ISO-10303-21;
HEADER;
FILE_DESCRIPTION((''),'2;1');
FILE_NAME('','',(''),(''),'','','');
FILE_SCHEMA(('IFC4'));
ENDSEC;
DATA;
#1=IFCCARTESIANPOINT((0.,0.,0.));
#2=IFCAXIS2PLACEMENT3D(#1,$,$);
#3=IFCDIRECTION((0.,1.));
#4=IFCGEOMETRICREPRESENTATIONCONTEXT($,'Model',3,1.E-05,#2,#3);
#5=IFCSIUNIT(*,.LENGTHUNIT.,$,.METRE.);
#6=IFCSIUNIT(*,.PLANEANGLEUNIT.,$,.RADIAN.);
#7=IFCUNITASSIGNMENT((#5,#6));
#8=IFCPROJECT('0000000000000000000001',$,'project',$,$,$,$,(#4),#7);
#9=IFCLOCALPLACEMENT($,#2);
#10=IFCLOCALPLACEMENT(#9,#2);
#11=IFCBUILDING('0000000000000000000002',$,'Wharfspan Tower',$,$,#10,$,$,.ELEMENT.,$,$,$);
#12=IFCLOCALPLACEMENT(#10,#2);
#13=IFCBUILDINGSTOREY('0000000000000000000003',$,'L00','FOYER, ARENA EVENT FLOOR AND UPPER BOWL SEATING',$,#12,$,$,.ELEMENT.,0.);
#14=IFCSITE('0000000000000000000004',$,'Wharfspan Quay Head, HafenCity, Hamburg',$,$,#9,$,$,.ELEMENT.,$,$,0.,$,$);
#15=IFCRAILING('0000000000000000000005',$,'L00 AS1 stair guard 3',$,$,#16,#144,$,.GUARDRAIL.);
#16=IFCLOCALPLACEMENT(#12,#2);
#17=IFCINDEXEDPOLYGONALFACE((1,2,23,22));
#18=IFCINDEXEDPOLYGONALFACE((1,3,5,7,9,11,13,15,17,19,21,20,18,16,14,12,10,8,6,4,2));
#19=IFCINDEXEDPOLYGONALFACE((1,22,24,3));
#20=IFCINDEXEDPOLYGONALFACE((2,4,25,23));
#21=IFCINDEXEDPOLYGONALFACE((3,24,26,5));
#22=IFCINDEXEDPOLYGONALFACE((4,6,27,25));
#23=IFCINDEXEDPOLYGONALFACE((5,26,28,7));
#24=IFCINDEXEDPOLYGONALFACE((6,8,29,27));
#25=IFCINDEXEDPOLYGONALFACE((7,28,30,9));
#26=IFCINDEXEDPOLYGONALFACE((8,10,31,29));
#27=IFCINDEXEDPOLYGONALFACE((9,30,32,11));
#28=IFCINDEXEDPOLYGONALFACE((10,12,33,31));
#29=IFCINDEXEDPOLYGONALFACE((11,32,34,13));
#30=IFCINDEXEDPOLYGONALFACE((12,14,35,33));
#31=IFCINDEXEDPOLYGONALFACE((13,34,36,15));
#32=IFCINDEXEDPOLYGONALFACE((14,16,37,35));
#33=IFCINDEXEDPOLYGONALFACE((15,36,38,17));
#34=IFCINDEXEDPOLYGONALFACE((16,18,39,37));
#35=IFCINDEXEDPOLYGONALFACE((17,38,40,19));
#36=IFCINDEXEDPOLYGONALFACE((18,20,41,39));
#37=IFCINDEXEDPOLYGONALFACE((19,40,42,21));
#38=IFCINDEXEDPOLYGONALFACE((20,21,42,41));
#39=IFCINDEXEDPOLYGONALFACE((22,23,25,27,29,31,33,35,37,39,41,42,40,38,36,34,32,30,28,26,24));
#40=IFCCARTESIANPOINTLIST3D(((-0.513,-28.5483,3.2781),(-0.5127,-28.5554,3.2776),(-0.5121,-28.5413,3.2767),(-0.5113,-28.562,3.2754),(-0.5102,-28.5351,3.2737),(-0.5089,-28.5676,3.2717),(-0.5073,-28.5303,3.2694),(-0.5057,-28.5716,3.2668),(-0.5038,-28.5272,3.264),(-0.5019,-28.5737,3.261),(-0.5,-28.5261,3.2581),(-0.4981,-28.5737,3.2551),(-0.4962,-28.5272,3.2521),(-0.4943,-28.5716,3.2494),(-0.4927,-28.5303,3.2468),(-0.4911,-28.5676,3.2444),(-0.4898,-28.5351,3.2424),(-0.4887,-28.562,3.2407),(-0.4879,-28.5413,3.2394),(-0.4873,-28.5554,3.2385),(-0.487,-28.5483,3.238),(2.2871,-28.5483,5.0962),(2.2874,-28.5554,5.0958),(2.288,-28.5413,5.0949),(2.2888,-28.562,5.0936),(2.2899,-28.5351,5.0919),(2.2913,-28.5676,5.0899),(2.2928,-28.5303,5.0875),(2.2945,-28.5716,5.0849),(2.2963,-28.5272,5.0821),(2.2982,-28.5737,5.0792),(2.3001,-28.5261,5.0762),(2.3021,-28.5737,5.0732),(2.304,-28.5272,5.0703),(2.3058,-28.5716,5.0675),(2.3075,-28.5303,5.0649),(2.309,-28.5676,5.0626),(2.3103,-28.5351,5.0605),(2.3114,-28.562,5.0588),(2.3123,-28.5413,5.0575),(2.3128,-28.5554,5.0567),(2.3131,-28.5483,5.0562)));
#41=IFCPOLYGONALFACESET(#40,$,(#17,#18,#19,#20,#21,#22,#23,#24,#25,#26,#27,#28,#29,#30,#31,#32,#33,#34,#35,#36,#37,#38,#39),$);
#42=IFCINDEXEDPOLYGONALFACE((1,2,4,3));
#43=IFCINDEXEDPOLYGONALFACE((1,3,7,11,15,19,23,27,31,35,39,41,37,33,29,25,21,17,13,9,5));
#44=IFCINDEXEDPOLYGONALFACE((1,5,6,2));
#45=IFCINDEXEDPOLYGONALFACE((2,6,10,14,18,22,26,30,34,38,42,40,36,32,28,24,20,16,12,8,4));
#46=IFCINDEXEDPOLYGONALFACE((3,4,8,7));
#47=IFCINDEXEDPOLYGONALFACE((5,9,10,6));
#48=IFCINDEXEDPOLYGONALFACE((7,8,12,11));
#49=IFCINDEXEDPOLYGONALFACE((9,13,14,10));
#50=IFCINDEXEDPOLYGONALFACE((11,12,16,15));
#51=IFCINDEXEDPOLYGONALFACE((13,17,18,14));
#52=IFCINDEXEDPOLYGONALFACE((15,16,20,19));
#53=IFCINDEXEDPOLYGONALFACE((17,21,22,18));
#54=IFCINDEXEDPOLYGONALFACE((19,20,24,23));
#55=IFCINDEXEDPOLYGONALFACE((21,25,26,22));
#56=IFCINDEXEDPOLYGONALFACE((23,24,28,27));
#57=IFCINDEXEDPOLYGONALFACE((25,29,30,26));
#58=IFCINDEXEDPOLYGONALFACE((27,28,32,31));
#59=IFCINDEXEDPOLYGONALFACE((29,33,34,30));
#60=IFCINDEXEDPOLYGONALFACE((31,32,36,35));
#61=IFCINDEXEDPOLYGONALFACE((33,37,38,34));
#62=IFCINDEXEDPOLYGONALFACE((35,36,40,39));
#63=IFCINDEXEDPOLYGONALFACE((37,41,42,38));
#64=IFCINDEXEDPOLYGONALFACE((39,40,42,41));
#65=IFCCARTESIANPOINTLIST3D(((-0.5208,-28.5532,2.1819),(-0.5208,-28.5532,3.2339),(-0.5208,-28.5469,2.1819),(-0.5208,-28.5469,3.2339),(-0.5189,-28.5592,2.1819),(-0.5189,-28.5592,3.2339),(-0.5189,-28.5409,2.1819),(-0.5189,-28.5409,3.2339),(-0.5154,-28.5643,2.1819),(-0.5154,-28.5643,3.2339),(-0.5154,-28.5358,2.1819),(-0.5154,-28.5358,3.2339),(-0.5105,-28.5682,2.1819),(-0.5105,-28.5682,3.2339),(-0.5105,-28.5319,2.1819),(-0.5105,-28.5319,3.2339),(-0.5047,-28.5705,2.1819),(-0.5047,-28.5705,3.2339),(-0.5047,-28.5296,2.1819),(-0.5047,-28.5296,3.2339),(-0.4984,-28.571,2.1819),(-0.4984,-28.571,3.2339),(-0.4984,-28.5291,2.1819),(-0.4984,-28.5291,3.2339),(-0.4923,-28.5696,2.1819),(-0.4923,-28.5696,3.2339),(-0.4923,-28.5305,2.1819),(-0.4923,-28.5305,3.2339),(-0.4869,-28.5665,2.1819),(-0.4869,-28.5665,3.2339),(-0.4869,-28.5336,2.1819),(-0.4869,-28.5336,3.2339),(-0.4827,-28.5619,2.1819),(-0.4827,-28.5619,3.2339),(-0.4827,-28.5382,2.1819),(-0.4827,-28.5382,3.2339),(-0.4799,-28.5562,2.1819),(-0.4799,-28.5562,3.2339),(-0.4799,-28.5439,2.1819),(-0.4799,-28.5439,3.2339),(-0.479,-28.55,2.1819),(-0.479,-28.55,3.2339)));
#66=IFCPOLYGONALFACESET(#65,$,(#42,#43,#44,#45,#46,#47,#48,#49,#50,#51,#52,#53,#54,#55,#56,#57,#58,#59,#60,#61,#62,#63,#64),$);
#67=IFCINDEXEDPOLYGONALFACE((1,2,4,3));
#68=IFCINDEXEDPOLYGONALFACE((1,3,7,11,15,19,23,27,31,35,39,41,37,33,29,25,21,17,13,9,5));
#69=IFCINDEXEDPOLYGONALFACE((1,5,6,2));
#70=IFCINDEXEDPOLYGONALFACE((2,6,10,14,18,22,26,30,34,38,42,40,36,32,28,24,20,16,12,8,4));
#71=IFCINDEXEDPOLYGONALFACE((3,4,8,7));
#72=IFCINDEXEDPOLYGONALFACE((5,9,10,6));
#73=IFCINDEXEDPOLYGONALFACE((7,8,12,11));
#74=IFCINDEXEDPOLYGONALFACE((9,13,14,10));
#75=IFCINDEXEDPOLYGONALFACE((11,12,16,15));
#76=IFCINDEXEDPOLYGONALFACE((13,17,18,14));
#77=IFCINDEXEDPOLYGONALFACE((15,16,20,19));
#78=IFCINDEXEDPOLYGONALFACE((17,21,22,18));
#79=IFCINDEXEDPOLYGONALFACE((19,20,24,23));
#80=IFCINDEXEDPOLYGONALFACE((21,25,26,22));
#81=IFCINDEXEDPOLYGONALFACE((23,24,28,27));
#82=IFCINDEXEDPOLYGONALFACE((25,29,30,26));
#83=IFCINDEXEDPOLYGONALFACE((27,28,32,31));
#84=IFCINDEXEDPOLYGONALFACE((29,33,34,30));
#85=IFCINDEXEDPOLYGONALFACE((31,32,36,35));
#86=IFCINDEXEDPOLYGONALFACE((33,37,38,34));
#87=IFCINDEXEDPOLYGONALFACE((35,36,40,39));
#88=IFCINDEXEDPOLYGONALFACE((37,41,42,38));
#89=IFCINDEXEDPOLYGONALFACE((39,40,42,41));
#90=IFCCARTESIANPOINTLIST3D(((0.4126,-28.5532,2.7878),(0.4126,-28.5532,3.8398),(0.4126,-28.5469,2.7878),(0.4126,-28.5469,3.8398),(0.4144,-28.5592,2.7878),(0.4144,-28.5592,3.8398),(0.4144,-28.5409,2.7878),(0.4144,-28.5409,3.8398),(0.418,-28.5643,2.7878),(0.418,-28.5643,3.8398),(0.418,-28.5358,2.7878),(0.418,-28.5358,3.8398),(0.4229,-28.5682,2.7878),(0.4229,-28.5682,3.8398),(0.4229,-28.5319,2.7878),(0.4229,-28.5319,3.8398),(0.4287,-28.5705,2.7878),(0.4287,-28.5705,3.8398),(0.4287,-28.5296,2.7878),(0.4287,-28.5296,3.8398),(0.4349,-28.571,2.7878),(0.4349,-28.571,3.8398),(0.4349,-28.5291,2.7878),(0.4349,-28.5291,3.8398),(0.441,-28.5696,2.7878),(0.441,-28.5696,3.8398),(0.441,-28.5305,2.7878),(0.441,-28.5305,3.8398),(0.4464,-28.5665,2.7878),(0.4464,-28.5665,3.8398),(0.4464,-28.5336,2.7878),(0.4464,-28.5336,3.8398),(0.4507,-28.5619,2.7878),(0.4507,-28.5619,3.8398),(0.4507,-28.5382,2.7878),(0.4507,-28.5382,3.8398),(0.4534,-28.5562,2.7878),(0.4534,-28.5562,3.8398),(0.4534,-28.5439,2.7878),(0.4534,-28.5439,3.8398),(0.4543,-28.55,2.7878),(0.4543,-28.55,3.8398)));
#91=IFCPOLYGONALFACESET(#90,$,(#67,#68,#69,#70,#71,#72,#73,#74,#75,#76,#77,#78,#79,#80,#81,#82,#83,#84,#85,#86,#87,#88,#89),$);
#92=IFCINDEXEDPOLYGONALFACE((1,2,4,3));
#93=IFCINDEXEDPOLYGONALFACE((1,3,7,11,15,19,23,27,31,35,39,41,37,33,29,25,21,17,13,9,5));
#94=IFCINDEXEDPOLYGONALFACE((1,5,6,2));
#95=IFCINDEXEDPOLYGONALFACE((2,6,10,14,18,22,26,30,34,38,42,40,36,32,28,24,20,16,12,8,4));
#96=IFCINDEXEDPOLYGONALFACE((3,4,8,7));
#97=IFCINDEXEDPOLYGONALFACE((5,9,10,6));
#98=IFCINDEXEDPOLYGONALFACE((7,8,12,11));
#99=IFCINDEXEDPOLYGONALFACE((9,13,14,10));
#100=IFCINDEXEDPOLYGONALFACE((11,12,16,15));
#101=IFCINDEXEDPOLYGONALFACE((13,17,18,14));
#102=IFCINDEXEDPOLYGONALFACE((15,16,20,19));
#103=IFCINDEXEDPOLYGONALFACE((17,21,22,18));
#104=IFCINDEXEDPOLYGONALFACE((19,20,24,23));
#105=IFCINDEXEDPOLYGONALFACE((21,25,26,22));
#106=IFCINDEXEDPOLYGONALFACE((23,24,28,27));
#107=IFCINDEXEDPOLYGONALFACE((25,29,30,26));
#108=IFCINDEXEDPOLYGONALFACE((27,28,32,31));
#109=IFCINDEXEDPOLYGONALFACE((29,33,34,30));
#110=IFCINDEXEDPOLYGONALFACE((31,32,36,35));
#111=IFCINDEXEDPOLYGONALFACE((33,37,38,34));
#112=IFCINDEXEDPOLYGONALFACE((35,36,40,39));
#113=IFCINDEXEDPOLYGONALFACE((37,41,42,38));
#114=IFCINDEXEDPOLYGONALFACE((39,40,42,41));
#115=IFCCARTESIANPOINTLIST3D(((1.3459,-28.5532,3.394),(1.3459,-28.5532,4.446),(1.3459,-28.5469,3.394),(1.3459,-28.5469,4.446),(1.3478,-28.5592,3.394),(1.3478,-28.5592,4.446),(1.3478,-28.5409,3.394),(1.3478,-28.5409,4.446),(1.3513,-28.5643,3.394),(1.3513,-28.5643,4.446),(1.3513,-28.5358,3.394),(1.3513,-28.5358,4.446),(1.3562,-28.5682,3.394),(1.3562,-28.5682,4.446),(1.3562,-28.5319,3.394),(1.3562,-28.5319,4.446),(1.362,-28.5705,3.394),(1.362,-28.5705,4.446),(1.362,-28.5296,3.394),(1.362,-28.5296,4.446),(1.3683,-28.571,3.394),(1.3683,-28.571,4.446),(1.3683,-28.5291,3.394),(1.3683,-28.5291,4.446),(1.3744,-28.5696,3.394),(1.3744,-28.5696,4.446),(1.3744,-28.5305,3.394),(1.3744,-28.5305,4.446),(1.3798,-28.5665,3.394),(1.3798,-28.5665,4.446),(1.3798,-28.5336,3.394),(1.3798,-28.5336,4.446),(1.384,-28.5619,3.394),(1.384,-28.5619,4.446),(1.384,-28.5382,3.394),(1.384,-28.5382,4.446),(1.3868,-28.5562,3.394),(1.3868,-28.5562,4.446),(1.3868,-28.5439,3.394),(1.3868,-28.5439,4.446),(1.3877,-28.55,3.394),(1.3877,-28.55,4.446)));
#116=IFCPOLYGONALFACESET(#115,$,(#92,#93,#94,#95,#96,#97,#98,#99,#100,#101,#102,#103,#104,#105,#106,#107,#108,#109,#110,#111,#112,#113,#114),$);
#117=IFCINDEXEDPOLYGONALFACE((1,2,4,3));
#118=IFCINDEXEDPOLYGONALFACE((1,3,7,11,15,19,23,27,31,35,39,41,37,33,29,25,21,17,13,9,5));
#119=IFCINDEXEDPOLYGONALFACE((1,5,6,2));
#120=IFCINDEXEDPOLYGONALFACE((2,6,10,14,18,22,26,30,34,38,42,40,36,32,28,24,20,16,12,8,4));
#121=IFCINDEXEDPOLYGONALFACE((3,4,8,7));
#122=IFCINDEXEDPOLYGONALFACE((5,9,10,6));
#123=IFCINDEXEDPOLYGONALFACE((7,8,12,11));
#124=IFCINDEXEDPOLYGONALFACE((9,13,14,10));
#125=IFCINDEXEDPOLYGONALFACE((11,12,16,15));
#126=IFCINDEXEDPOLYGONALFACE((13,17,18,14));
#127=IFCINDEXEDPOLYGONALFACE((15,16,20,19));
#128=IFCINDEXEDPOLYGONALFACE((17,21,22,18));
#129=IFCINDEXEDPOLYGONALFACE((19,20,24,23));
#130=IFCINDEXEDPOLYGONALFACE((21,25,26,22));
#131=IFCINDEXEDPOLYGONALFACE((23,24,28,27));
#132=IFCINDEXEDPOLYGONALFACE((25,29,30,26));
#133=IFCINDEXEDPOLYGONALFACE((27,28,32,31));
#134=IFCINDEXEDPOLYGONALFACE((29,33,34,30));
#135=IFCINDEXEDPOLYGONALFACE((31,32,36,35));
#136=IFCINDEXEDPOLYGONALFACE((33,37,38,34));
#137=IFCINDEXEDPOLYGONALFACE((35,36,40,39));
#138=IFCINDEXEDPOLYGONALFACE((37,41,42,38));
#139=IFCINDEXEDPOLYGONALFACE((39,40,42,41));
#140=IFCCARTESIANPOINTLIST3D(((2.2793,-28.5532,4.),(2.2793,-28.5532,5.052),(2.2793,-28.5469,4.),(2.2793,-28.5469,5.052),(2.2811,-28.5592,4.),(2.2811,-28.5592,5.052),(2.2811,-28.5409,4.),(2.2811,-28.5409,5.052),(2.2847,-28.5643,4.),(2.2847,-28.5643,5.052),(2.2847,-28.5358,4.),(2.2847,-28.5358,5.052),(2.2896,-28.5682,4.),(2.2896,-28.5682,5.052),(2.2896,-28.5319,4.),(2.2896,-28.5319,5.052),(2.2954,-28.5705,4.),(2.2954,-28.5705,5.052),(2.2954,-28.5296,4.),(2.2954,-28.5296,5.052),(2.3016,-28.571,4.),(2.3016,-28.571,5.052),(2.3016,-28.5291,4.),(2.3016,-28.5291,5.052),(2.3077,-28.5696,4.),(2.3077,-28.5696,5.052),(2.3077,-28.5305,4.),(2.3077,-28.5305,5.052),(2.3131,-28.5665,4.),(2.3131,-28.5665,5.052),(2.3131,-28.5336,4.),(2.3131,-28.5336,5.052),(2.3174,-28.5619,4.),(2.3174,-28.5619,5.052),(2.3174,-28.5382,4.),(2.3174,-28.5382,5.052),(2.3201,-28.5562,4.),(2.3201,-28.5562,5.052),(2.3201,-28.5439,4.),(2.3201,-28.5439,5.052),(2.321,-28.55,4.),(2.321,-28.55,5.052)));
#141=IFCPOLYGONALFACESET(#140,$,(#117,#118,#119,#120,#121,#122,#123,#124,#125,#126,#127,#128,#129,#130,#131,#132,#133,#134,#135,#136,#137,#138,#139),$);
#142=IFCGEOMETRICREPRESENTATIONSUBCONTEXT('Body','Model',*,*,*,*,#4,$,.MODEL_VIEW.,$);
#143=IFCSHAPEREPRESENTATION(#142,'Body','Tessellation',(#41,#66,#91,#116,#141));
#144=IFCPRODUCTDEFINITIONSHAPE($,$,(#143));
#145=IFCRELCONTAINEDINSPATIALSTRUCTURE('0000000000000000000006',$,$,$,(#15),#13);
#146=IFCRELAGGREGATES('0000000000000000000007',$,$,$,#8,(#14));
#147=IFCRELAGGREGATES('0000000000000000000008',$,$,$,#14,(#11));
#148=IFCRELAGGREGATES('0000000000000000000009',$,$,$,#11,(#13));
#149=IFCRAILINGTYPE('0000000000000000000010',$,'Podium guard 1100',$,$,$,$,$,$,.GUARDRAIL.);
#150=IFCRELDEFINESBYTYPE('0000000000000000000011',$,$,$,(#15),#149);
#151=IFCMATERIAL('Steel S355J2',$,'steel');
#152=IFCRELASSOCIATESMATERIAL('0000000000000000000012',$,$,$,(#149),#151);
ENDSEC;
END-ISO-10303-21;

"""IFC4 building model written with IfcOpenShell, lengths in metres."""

from ifc_helpers import new_model, si_unit, direction, frame, origin, origin_2d, place, context, subcontext, project, spatial, circle, extrude, material, type_object, element, save


model = new_model("IFC4")

# Units and contexts
model_context = context("Model", 3, precision=1e-05, world=origin(), true_north=direction((0.0, 1.0)))
body_context = subcontext(model_context, "Body", "Model", "MODEL_VIEW")
ifc_project = project(units=[si_unit("LENGTHUNIT", "METRE"), si_unit("PLANEANGLEUNIT", "RADIAN")], contexts=[model_context])

# Site, building, storey
site_placement = place(None, origin())
site = spatial("IfcSite", under=ifc_project, at=site_placement, Name="Wharfspan Quay Head, HafenCity, Hamburg", CompositionType="ELEMENT", RefElevation=0.0)
building_placement = place(site_placement, origin())
building = spatial("IfcBuilding", under=site, at=building_placement, Name="Wharfspan Tower", CompositionType="ELEMENT")
storey_placement = place(building_placement, origin())
storey = spatial("IfcBuildingStorey", under=building, at=storey_placement, Name="L00", Description="FOYER, ARENA EVENT FLOOR AND UPPER BOWL SEATING", CompositionType="ELEMENT", Elevation=0.0)

# Shared definitions
ifc_material_1 = material(Name="Steel S355J2", Category="steel")

# Railing
railing_type_1 = type_object("IfcRailingType", Name="Podium guard 1100", PredefinedType="GUARDRAIL", material=ifc_material_1)
railing_1_placement = place(storey_placement, frame((-0.5, -28.55, 2.1819)))
element("IfcRailing", 1, at=railing_1_placement, inside=storey, type_object=railing_type_1, Name="L00 AS1 stair guard 3", PredefinedType="GUARDRAIL", context=body_context, shape_type="SweptSolid", body=[
    extrude(circle(Radius=0.0239, at=origin_2d()), frame((0.0, 0.0, 1.0762), z_axis=(0.838706, 0.0, 0.544585), x_axis=(0.0, 1.0, 0.0)), (0.0, 0.0, 1.0), 3.3386),
    extrude(circle(Radius=0.021, at=origin_2d()), origin(), (0.0, 0.0, 1.0), 1.052),
    extrude(circle(Radius=0.021, at=origin_2d()), frame((0.9334, 0.0, 0.606)), (0.0, 0.0, 1.0), 1.052),
    extrude(circle(Radius=0.021, at=origin_2d()), frame((1.8667, 0.0, 1.2122)), (0.0, 0.0, 1.0), 1.052),
    extrude(circle(Radius=0.021, at=origin_2d()), frame((2.8, 0.0, 1.8181)), (0.0, 0.0, 1.0), 1.052),
])

save(model, "model.ifc")
